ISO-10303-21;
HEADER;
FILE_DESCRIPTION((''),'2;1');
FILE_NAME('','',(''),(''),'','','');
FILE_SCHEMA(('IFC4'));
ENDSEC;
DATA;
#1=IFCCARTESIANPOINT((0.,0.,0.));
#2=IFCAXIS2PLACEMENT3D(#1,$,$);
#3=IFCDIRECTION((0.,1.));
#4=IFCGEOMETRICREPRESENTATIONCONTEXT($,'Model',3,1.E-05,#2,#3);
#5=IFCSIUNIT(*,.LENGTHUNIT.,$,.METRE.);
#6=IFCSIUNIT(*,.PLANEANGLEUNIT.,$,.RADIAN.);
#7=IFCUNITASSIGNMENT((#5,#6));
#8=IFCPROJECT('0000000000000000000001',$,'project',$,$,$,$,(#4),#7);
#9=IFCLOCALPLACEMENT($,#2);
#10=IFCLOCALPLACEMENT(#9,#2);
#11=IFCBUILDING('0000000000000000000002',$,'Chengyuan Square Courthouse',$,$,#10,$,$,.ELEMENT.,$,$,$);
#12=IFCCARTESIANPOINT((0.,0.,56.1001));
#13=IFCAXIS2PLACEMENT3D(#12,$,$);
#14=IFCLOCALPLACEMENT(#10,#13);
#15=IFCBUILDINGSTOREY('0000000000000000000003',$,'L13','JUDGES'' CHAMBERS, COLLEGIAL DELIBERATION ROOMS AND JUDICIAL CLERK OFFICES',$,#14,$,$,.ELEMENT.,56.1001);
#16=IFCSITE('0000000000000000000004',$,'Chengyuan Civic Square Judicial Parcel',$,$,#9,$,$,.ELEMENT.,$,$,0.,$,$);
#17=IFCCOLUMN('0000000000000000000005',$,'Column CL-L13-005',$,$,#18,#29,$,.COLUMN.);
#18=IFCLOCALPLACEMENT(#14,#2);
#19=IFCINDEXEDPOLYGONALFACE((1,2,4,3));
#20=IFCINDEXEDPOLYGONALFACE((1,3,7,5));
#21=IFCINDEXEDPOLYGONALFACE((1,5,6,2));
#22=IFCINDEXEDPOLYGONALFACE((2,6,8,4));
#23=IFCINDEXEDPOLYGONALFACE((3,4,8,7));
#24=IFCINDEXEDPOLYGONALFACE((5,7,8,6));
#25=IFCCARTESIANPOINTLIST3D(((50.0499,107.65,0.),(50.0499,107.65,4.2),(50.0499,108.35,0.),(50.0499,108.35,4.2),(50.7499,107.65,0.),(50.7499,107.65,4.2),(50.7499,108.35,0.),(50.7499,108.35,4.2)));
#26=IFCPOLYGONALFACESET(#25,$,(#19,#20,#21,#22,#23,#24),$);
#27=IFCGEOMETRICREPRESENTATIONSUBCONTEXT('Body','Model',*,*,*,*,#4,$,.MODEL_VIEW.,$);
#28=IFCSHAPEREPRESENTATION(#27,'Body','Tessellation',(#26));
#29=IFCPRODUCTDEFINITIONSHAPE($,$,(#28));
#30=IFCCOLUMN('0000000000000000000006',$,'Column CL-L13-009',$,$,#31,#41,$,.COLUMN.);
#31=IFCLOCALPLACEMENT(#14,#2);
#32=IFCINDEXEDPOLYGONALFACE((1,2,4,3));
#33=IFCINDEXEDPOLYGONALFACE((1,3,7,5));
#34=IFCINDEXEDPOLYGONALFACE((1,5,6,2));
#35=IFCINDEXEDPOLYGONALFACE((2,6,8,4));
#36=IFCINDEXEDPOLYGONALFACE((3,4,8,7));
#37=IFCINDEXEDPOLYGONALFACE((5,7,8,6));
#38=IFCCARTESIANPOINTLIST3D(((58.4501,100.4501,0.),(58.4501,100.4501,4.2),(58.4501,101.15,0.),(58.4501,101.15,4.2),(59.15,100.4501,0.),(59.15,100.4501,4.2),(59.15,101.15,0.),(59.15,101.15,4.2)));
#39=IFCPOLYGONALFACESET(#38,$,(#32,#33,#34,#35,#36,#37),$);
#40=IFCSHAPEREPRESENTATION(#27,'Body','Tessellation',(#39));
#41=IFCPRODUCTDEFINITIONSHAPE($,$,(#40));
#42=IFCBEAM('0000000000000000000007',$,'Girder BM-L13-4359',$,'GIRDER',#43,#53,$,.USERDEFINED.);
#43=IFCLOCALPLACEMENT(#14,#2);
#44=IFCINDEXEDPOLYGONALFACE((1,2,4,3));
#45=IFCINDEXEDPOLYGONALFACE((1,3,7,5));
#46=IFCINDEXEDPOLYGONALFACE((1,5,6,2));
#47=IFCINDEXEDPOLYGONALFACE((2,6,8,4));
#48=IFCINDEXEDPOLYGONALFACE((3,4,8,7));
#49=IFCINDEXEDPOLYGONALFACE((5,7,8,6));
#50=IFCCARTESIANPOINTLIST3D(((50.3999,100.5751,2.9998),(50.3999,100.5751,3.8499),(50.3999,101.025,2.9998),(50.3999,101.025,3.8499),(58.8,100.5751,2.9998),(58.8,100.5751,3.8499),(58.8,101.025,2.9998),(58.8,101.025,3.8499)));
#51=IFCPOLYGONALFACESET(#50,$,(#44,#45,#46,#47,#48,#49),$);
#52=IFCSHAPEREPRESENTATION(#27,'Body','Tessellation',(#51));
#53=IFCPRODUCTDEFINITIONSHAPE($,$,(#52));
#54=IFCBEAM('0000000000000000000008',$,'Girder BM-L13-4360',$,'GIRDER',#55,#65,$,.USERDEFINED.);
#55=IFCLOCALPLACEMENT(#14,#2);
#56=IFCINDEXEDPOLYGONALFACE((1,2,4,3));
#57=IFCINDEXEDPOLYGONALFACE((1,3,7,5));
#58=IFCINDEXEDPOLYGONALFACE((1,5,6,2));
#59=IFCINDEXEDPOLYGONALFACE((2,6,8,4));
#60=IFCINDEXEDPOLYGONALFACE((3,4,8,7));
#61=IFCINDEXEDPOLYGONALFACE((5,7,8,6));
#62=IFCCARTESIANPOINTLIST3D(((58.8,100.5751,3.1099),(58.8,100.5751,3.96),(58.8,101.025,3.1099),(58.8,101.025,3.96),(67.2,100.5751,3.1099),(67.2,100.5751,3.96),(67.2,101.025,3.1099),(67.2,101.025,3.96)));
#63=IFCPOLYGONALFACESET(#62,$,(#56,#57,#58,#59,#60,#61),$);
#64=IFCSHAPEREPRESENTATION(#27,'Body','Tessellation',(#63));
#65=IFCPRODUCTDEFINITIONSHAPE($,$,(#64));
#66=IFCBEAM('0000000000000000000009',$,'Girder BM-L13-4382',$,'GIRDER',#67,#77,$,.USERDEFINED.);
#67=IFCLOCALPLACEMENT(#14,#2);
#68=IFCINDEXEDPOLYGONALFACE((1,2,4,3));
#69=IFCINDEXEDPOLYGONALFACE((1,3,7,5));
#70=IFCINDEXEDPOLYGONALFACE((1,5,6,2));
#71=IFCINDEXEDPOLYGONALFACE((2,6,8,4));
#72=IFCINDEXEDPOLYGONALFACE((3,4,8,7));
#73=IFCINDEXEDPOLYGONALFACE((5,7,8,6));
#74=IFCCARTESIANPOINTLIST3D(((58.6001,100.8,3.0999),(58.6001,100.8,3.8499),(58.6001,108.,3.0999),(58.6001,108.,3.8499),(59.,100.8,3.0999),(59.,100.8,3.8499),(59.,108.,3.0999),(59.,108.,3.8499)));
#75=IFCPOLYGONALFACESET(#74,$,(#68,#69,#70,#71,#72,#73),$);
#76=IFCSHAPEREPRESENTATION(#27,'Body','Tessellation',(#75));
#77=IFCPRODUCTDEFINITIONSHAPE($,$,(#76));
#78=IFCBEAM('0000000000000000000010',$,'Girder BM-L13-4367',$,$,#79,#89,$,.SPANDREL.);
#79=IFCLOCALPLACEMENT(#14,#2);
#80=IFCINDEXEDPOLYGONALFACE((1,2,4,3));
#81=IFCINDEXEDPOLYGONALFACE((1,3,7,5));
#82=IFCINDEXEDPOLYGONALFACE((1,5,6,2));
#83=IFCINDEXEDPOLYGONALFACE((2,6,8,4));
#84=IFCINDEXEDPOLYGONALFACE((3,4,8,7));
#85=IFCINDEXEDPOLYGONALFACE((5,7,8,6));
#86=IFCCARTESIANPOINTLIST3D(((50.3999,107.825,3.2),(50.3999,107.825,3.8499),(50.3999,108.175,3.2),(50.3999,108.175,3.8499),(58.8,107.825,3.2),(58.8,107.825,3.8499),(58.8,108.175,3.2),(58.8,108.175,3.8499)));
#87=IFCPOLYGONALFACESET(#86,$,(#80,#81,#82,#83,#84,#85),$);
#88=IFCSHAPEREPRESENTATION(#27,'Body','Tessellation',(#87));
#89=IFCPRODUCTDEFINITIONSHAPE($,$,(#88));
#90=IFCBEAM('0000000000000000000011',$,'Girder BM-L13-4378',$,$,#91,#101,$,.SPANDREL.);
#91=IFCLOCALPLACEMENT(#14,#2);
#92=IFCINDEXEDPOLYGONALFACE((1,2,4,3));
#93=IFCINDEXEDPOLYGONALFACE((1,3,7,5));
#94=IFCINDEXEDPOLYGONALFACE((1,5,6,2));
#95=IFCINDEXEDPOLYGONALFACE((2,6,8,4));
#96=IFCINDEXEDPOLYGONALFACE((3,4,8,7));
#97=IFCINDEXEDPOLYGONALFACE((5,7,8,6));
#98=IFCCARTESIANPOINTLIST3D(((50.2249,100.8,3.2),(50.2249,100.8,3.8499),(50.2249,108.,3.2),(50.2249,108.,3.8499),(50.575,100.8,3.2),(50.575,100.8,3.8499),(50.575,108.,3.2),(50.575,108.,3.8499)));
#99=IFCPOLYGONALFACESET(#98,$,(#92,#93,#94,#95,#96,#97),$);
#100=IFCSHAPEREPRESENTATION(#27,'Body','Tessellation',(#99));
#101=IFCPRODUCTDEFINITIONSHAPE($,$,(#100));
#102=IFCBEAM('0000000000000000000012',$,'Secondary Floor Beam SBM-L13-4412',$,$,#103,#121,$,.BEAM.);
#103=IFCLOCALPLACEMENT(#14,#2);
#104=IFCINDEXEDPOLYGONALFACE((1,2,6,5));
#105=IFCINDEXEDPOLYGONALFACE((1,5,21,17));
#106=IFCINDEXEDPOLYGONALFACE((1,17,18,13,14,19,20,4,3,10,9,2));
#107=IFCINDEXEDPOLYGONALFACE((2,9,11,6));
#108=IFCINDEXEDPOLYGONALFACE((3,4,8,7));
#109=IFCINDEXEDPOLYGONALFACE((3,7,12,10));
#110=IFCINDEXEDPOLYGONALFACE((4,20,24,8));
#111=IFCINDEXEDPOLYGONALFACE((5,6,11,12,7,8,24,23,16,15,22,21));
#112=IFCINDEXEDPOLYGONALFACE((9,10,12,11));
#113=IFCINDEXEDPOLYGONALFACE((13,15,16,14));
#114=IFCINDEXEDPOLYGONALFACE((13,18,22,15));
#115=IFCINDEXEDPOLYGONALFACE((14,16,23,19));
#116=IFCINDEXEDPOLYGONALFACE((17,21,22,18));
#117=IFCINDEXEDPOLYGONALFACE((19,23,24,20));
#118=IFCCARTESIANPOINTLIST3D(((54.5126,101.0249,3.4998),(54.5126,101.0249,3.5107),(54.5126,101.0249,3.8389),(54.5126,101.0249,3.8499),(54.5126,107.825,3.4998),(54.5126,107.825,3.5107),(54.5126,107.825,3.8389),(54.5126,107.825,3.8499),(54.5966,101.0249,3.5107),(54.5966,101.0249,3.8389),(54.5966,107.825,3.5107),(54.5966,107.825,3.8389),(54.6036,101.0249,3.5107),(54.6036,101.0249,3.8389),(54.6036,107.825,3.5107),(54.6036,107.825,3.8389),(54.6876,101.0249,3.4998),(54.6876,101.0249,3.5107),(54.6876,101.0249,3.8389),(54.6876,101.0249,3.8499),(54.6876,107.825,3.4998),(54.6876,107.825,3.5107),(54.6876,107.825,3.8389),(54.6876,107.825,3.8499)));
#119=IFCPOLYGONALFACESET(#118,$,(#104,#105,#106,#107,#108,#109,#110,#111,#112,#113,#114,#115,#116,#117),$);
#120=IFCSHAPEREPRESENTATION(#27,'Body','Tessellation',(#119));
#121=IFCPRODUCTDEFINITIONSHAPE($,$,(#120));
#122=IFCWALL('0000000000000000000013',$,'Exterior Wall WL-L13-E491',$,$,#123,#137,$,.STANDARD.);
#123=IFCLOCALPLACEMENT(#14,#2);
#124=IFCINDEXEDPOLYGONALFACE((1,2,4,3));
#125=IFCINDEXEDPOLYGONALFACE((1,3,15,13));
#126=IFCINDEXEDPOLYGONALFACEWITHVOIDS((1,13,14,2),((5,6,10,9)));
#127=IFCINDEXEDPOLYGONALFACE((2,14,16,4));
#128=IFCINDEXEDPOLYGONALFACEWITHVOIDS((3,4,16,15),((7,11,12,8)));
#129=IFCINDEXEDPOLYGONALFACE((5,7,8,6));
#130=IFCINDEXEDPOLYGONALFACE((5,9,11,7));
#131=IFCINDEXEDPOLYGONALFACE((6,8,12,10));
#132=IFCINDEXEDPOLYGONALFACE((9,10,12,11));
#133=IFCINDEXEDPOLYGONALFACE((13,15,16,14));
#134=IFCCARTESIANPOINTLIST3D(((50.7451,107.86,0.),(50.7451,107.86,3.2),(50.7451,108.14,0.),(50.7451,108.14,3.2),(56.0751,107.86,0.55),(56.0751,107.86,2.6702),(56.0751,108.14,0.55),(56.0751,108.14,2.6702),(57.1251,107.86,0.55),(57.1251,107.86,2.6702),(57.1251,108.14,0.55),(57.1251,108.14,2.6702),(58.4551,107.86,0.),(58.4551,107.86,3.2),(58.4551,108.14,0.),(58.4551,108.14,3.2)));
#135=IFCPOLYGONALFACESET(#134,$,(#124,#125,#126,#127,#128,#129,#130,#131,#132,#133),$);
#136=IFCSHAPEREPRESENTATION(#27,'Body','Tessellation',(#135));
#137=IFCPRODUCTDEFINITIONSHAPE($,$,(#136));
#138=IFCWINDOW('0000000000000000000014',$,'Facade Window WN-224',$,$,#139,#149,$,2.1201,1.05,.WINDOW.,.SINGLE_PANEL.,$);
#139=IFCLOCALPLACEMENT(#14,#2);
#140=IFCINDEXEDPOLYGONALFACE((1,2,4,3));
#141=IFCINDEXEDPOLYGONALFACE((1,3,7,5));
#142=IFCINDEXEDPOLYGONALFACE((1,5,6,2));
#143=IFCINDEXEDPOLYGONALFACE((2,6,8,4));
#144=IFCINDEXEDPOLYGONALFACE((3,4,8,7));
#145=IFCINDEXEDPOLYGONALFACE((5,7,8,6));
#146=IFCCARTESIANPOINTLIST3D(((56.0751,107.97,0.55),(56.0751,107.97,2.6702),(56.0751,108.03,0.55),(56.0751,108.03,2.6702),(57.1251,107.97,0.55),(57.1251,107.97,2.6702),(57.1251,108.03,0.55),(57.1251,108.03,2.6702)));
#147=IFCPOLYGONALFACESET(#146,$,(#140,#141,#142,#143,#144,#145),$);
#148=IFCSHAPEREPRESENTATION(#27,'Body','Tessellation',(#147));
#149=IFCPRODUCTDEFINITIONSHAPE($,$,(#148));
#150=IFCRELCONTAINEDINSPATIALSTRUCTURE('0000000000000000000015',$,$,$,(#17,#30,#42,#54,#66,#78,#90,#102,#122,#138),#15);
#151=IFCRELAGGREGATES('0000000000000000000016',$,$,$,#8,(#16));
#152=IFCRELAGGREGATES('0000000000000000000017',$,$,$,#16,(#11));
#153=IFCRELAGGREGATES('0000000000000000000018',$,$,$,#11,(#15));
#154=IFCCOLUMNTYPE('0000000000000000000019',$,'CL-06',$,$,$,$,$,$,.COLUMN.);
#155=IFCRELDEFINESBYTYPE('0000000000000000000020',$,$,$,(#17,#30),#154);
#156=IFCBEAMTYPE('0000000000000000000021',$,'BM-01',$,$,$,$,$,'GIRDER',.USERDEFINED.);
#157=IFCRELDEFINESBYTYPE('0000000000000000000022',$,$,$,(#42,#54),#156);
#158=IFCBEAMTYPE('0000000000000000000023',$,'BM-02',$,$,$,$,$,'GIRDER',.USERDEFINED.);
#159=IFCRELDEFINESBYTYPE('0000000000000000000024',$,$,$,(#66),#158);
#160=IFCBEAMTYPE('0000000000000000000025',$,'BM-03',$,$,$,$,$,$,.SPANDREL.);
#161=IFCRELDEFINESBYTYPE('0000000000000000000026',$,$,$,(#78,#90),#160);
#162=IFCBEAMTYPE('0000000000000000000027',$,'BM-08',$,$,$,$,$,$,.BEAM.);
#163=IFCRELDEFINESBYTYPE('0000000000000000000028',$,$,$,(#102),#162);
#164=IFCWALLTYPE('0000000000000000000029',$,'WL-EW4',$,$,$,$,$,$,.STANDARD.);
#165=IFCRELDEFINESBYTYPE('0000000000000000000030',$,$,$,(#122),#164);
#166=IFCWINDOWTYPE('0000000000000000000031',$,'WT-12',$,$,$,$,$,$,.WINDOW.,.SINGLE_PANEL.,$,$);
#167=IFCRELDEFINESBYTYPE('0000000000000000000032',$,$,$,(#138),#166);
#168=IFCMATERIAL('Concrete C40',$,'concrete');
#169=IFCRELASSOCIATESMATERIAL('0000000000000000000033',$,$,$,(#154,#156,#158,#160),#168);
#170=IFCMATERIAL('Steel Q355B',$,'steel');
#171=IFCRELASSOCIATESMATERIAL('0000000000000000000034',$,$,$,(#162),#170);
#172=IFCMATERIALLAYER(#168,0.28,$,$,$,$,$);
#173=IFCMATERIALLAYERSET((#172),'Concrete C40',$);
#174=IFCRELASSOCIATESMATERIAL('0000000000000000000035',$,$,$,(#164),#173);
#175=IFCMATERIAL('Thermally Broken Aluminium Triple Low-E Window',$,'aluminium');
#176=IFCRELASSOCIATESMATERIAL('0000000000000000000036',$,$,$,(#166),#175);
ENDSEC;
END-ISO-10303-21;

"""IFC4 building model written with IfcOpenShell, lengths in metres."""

from ifc_helpers import new_model, si_unit, direction, frame, frame_2d, origin, origin_2d, place, context, subcontext, project, spatial, rectangle, i_section, extrude, material, layer, layer_set, material_profile, profile_set, type_object, element, fill, save


model = new_model("IFC4")

# Units and contexts
model_context = context("Model", 3, precision=1e-05, world=origin(), true_north=direction((0.0, 1.0)))
body_context = subcontext(model_context, "Body", "Model", "MODEL_VIEW")
ifc_project = project(units=[si_unit("LENGTHUNIT", "METRE"), si_unit("PLANEANGLEUNIT", "RADIAN")], contexts=[model_context])

# Site, building, storey
site_placement = place(None, origin())
site = spatial("IfcSite", under=ifc_project, at=site_placement, Name="Chengyuan Civic Square Judicial Parcel", CompositionType="ELEMENT", RefElevation=0.0)
building_placement = place(site_placement, origin())
building = spatial("IfcBuilding", under=site, at=building_placement, Name="Chengyuan Square Courthouse", CompositionType="ELEMENT")
storey_placement = place(building_placement, frame((0.0, 0.0, 56.1001)))
storey = spatial("IfcBuildingStorey", under=building, at=storey_placement, Name="L13", Description="JUDGES' CHAMBERS, COLLEGIAL DELIBERATION ROOMS AND JUDICIAL CLERK OFFICES", CompositionType="ELEMENT", Elevation=56.1001)

# Columns
ifc_material_1 = material(Name="Concrete C40", Category="concrete")
ifc_material_profile_1 = material_profile(ifc_material_1, rectangle(XDim=0.7, YDim=0.7, at=origin_2d()), Name="RC-COL-700x700")
ifc_profile_set_1 = profile_set([ifc_material_profile_1], Name="Concrete C40")
column_type = type_object("IfcColumnType", Name="CL-06", PredefinedType="COLUMN", material=ifc_profile_set_1)
for number, where, z_axis, x_axis, name in (
    (1, (50.3999, 108.0, 0.0), (0.0, 0.0, 1.0), (1.0, 0.0, 0.0), "Column CL-L13-005"),
    (2, (58.8, 100.8, 0.0), (0.0, 0.0, 1.0), (1.0, 0.0, 0.0), "Column CL-L13-009"),
):
    element("IfcColumn", number, at=place(storey_placement, frame(where, z_axis=z_axis, x_axis=x_axis)), inside=storey, type_object=column_type, Name=name, PredefinedType="COLUMN", context=body_context, shape_type="SweptSolid", body=[
        extrude(rectangle(XDim=0.7, YDim=0.7, at=origin_2d()), origin(), (0.0, 0.0, 1.0), 4.2),
    ])

# Beams
ifc_material_profile_2 = material_profile(ifc_material_1, rectangle(XDim=0.45, YDim=0.8501, at=origin_2d()), Name="RC-BM-450x850")
ifc_profile_set_2 = profile_set([ifc_material_profile_2], Name="Concrete C40")
beam_type_1 = type_object("IfcBeamType", Name="BM-01", ElementType="GIRDER", PredefinedType="USERDEFINED", material=ifc_profile_set_2)
beam_1_placement = place(storey_placement, frame((50.3999, 100.8, 3.4248), z_axis=(1.0, 0.0, 0.0), x_axis=(0.0, 1.0, 0.0)))
element("IfcBeam", 3, at=beam_1_placement, inside=storey, type_object=beam_type_1, Name="Girder BM-L13-4359", ObjectType="GIRDER", PredefinedType="USERDEFINED", context=body_context, shape_type="SweptSolid", body=[
    extrude(rectangle(XDim=0.45, YDim=0.8501, at=origin_2d()), origin(), (0.0, 0.0, 1.0), 8.4001),
])
beam_2_placement = place(storey_placement, frame((58.8, 100.8, 3.5349), z_axis=(1.0, 0.0, 0.0), x_axis=(0.0, 1.0, 0.0)))
element("IfcBeam", 4, at=beam_2_placement, inside=storey, type_object=beam_type_1, Name="Girder BM-L13-4360", ObjectType="GIRDER", PredefinedType="USERDEFINED", context=body_context, shape_type="SweptSolid", body=[
    extrude(rectangle(XDim=0.45, YDim=0.8501, at=origin_2d()), origin(), (0.0, 0.0, 1.0), 8.3999),
])
ifc_material_profile_3 = material_profile(ifc_material_1, rectangle(XDim=0.3999, YDim=0.75, at=origin_2d()), Name="RC-BM-400x750")
ifc_profile_set_3 = profile_set([ifc_material_profile_3], Name="Concrete C40")
beam_type_2 = type_object("IfcBeamType", Name="BM-02", ElementType="GIRDER", PredefinedType="USERDEFINED", material=ifc_profile_set_3)
beam_3_placement = place(storey_placement, frame((58.8, 100.8, 3.4749), z_axis=(0.0, 1.0, 0.0), x_axis=(-1.0, 0.0, 0.0)))
element("IfcBeam", 5, at=beam_3_placement, inside=storey, type_object=beam_type_2, Name="Girder BM-L13-4382", ObjectType="GIRDER", PredefinedType="USERDEFINED", context=body_context, shape_type="SweptSolid", body=[
    extrude(rectangle(XDim=0.3999, YDim=0.75, at=origin_2d()), origin(), (0.0, 0.0, 1.0), 7.2),
])
ifc_material_profile_4 = material_profile(ifc_material_1, rectangle(XDim=0.3501, YDim=0.6499, at=origin_2d()), Name="RC-BM-350x650")
ifc_profile_set_4 = profile_set([ifc_material_profile_4], Name="Concrete C40")
beam_type_3 = type_object("IfcBeamType", Name="BM-03", PredefinedType="SPANDREL", material=ifc_profile_set_4)
beam_4_placement = place(storey_placement, frame((50.3999, 108.0, 3.5249), z_axis=(1.0, 0.0, 0.0), x_axis=(0.0, 1.0, 0.0)))
element("IfcBeam", 6, at=beam_4_placement, inside=storey, type_object=beam_type_3, Name="Girder BM-L13-4367", PredefinedType="SPANDREL", context=body_context, shape_type="SweptSolid", body=[
    extrude(rectangle(XDim=0.3501, YDim=0.6499, at=origin_2d()), origin(), (0.0, 0.0, 1.0), 8.4001),
])
beam_5_placement = place(storey_placement, frame((50.3999, 100.8, 3.5249), z_axis=(0.0, 1.0, 0.0), x_axis=(-1.0, 0.0, 0.0)))
element("IfcBeam", 7, at=beam_5_placement, inside=storey, type_object=beam_type_3, Name="Girder BM-L13-4378", PredefinedType="SPANDREL", context=body_context, shape_type="SweptSolid", body=[
    extrude(rectangle(XDim=0.3501, YDim=0.6499, at=origin_2d()), origin(), (0.0, 0.0, 1.0), 7.2),
])
ifc_material_2 = material(Name="Steel Q355B", Category="steel")
ifc_material_profile_5 = material_profile(ifc_material_2, i_section(OverallWidth=0.175, OverallDepth=0.3501, WebThickness=0.0071, FlangeThickness=0.011, at=origin_2d()), Name="HN 350x175x7x11")
ifc_profile_set_5 = profile_set([ifc_material_profile_5], Name="Steel Q355B")
beam_type_4 = type_object("IfcBeamType", Name="BM-08", PredefinedType="BEAM", material=ifc_profile_set_5)
beam_6_placement = place(storey_placement, frame((54.6001, 101.0249, 3.6748), z_axis=(0.0, 1.0, 0.0), x_axis=(-1.0, 0.0, 0.0)))
element("IfcBeam", 8, at=beam_6_placement, inside=storey, type_object=beam_type_4, Name="Secondary Floor Beam SBM-L13-4412", PredefinedType="BEAM", context=body_context, shape_type="SweptSolid", body=[
    extrude(i_section(OverallWidth=0.175, OverallDepth=0.3501, WebThickness=0.0071, FlangeThickness=0.011, at=origin_2d()), origin(), (0.0, 0.0, 1.0), 6.8),
])

# Wall, opening, window
ifc_layer_1 = layer(ifc_material_1, 0.28)
ifc_layer_set_1 = layer_set([ifc_layer_1], Name="Concrete C40")
wall_type_1 = type_object("IfcWallType", Name="WL-EW4", PredefinedType="STANDARD", material=ifc_layer_set_1)
wall_1_placement = place(storey_placement, frame((50.7451, 108.0, 0.0), z_axis=(0.0, 0.0, 1.0), x_axis=(1.0, 0.0, 0.0)))
wall_1 = element("IfcWall", 9, at=wall_1_placement, inside=storey, type_object=wall_type_1, Name="Exterior Wall WL-L13-E491", PredefinedType="STANDARD", context=body_context, shape_type="SweptSolid", body=[
    extrude(rectangle(XDim=7.71, YDim=0.28, at=frame_2d((3.855, 0.0))), origin(), (0.0, 0.0, 1.0), 3.2),
])
opening_1_placement = place(wall_1_placement, frame((5.3301, 0.0, 0.55)))
opening_1 = element("IfcOpeningElement", 10, at=opening_1_placement, cuts=wall_1, PredefinedType="OPENING", context=body_context, shape_type="SweptSolid", body=[
    extrude(rectangle(XDim=1.05, YDim=2.1201, at=frame_2d((0.5249, 1.0601))), frame((0.0, 0.1521, 0.0), z_axis=(0.0, -1.0, 0.0), x_axis=(1.0, 0.0, 0.0)), (0.0, 0.0, 1.0), 0.304),
])
ifc_material_3 = material(Name="Thermally Broken Aluminium Triple Low-E Window", Category="aluminium")
window_type_1 = type_object("IfcWindowType", Name="WT-12", PartitioningType="SINGLE_PANEL", PredefinedType="WINDOW", material=ifc_material_3)
window_1_placement = place(opening_1_placement, origin())
window_1 = element("IfcWindow", 11, at=window_1_placement, inside=storey, type_object=window_type_1, Name="Facade Window WN-224", OverallHeight=2.1201, OverallWidth=1.05, PartitioningType="SINGLE_PANEL", PredefinedType="WINDOW", context=body_context, shape_type="SweptSolid", body=[
    extrude(rectangle(XDim=1.05, YDim=2.1201, at=frame_2d((0.5249, 1.0601))), frame((0.0, 0.03, 0.0), z_axis=(0.0, -1.0, 0.0), x_axis=(1.0, 0.0, 0.0)), (0.0, 0.0, 1.0), 0.0601),
])
fill(opening_1, window_1)

save(model, "model.ifc")
